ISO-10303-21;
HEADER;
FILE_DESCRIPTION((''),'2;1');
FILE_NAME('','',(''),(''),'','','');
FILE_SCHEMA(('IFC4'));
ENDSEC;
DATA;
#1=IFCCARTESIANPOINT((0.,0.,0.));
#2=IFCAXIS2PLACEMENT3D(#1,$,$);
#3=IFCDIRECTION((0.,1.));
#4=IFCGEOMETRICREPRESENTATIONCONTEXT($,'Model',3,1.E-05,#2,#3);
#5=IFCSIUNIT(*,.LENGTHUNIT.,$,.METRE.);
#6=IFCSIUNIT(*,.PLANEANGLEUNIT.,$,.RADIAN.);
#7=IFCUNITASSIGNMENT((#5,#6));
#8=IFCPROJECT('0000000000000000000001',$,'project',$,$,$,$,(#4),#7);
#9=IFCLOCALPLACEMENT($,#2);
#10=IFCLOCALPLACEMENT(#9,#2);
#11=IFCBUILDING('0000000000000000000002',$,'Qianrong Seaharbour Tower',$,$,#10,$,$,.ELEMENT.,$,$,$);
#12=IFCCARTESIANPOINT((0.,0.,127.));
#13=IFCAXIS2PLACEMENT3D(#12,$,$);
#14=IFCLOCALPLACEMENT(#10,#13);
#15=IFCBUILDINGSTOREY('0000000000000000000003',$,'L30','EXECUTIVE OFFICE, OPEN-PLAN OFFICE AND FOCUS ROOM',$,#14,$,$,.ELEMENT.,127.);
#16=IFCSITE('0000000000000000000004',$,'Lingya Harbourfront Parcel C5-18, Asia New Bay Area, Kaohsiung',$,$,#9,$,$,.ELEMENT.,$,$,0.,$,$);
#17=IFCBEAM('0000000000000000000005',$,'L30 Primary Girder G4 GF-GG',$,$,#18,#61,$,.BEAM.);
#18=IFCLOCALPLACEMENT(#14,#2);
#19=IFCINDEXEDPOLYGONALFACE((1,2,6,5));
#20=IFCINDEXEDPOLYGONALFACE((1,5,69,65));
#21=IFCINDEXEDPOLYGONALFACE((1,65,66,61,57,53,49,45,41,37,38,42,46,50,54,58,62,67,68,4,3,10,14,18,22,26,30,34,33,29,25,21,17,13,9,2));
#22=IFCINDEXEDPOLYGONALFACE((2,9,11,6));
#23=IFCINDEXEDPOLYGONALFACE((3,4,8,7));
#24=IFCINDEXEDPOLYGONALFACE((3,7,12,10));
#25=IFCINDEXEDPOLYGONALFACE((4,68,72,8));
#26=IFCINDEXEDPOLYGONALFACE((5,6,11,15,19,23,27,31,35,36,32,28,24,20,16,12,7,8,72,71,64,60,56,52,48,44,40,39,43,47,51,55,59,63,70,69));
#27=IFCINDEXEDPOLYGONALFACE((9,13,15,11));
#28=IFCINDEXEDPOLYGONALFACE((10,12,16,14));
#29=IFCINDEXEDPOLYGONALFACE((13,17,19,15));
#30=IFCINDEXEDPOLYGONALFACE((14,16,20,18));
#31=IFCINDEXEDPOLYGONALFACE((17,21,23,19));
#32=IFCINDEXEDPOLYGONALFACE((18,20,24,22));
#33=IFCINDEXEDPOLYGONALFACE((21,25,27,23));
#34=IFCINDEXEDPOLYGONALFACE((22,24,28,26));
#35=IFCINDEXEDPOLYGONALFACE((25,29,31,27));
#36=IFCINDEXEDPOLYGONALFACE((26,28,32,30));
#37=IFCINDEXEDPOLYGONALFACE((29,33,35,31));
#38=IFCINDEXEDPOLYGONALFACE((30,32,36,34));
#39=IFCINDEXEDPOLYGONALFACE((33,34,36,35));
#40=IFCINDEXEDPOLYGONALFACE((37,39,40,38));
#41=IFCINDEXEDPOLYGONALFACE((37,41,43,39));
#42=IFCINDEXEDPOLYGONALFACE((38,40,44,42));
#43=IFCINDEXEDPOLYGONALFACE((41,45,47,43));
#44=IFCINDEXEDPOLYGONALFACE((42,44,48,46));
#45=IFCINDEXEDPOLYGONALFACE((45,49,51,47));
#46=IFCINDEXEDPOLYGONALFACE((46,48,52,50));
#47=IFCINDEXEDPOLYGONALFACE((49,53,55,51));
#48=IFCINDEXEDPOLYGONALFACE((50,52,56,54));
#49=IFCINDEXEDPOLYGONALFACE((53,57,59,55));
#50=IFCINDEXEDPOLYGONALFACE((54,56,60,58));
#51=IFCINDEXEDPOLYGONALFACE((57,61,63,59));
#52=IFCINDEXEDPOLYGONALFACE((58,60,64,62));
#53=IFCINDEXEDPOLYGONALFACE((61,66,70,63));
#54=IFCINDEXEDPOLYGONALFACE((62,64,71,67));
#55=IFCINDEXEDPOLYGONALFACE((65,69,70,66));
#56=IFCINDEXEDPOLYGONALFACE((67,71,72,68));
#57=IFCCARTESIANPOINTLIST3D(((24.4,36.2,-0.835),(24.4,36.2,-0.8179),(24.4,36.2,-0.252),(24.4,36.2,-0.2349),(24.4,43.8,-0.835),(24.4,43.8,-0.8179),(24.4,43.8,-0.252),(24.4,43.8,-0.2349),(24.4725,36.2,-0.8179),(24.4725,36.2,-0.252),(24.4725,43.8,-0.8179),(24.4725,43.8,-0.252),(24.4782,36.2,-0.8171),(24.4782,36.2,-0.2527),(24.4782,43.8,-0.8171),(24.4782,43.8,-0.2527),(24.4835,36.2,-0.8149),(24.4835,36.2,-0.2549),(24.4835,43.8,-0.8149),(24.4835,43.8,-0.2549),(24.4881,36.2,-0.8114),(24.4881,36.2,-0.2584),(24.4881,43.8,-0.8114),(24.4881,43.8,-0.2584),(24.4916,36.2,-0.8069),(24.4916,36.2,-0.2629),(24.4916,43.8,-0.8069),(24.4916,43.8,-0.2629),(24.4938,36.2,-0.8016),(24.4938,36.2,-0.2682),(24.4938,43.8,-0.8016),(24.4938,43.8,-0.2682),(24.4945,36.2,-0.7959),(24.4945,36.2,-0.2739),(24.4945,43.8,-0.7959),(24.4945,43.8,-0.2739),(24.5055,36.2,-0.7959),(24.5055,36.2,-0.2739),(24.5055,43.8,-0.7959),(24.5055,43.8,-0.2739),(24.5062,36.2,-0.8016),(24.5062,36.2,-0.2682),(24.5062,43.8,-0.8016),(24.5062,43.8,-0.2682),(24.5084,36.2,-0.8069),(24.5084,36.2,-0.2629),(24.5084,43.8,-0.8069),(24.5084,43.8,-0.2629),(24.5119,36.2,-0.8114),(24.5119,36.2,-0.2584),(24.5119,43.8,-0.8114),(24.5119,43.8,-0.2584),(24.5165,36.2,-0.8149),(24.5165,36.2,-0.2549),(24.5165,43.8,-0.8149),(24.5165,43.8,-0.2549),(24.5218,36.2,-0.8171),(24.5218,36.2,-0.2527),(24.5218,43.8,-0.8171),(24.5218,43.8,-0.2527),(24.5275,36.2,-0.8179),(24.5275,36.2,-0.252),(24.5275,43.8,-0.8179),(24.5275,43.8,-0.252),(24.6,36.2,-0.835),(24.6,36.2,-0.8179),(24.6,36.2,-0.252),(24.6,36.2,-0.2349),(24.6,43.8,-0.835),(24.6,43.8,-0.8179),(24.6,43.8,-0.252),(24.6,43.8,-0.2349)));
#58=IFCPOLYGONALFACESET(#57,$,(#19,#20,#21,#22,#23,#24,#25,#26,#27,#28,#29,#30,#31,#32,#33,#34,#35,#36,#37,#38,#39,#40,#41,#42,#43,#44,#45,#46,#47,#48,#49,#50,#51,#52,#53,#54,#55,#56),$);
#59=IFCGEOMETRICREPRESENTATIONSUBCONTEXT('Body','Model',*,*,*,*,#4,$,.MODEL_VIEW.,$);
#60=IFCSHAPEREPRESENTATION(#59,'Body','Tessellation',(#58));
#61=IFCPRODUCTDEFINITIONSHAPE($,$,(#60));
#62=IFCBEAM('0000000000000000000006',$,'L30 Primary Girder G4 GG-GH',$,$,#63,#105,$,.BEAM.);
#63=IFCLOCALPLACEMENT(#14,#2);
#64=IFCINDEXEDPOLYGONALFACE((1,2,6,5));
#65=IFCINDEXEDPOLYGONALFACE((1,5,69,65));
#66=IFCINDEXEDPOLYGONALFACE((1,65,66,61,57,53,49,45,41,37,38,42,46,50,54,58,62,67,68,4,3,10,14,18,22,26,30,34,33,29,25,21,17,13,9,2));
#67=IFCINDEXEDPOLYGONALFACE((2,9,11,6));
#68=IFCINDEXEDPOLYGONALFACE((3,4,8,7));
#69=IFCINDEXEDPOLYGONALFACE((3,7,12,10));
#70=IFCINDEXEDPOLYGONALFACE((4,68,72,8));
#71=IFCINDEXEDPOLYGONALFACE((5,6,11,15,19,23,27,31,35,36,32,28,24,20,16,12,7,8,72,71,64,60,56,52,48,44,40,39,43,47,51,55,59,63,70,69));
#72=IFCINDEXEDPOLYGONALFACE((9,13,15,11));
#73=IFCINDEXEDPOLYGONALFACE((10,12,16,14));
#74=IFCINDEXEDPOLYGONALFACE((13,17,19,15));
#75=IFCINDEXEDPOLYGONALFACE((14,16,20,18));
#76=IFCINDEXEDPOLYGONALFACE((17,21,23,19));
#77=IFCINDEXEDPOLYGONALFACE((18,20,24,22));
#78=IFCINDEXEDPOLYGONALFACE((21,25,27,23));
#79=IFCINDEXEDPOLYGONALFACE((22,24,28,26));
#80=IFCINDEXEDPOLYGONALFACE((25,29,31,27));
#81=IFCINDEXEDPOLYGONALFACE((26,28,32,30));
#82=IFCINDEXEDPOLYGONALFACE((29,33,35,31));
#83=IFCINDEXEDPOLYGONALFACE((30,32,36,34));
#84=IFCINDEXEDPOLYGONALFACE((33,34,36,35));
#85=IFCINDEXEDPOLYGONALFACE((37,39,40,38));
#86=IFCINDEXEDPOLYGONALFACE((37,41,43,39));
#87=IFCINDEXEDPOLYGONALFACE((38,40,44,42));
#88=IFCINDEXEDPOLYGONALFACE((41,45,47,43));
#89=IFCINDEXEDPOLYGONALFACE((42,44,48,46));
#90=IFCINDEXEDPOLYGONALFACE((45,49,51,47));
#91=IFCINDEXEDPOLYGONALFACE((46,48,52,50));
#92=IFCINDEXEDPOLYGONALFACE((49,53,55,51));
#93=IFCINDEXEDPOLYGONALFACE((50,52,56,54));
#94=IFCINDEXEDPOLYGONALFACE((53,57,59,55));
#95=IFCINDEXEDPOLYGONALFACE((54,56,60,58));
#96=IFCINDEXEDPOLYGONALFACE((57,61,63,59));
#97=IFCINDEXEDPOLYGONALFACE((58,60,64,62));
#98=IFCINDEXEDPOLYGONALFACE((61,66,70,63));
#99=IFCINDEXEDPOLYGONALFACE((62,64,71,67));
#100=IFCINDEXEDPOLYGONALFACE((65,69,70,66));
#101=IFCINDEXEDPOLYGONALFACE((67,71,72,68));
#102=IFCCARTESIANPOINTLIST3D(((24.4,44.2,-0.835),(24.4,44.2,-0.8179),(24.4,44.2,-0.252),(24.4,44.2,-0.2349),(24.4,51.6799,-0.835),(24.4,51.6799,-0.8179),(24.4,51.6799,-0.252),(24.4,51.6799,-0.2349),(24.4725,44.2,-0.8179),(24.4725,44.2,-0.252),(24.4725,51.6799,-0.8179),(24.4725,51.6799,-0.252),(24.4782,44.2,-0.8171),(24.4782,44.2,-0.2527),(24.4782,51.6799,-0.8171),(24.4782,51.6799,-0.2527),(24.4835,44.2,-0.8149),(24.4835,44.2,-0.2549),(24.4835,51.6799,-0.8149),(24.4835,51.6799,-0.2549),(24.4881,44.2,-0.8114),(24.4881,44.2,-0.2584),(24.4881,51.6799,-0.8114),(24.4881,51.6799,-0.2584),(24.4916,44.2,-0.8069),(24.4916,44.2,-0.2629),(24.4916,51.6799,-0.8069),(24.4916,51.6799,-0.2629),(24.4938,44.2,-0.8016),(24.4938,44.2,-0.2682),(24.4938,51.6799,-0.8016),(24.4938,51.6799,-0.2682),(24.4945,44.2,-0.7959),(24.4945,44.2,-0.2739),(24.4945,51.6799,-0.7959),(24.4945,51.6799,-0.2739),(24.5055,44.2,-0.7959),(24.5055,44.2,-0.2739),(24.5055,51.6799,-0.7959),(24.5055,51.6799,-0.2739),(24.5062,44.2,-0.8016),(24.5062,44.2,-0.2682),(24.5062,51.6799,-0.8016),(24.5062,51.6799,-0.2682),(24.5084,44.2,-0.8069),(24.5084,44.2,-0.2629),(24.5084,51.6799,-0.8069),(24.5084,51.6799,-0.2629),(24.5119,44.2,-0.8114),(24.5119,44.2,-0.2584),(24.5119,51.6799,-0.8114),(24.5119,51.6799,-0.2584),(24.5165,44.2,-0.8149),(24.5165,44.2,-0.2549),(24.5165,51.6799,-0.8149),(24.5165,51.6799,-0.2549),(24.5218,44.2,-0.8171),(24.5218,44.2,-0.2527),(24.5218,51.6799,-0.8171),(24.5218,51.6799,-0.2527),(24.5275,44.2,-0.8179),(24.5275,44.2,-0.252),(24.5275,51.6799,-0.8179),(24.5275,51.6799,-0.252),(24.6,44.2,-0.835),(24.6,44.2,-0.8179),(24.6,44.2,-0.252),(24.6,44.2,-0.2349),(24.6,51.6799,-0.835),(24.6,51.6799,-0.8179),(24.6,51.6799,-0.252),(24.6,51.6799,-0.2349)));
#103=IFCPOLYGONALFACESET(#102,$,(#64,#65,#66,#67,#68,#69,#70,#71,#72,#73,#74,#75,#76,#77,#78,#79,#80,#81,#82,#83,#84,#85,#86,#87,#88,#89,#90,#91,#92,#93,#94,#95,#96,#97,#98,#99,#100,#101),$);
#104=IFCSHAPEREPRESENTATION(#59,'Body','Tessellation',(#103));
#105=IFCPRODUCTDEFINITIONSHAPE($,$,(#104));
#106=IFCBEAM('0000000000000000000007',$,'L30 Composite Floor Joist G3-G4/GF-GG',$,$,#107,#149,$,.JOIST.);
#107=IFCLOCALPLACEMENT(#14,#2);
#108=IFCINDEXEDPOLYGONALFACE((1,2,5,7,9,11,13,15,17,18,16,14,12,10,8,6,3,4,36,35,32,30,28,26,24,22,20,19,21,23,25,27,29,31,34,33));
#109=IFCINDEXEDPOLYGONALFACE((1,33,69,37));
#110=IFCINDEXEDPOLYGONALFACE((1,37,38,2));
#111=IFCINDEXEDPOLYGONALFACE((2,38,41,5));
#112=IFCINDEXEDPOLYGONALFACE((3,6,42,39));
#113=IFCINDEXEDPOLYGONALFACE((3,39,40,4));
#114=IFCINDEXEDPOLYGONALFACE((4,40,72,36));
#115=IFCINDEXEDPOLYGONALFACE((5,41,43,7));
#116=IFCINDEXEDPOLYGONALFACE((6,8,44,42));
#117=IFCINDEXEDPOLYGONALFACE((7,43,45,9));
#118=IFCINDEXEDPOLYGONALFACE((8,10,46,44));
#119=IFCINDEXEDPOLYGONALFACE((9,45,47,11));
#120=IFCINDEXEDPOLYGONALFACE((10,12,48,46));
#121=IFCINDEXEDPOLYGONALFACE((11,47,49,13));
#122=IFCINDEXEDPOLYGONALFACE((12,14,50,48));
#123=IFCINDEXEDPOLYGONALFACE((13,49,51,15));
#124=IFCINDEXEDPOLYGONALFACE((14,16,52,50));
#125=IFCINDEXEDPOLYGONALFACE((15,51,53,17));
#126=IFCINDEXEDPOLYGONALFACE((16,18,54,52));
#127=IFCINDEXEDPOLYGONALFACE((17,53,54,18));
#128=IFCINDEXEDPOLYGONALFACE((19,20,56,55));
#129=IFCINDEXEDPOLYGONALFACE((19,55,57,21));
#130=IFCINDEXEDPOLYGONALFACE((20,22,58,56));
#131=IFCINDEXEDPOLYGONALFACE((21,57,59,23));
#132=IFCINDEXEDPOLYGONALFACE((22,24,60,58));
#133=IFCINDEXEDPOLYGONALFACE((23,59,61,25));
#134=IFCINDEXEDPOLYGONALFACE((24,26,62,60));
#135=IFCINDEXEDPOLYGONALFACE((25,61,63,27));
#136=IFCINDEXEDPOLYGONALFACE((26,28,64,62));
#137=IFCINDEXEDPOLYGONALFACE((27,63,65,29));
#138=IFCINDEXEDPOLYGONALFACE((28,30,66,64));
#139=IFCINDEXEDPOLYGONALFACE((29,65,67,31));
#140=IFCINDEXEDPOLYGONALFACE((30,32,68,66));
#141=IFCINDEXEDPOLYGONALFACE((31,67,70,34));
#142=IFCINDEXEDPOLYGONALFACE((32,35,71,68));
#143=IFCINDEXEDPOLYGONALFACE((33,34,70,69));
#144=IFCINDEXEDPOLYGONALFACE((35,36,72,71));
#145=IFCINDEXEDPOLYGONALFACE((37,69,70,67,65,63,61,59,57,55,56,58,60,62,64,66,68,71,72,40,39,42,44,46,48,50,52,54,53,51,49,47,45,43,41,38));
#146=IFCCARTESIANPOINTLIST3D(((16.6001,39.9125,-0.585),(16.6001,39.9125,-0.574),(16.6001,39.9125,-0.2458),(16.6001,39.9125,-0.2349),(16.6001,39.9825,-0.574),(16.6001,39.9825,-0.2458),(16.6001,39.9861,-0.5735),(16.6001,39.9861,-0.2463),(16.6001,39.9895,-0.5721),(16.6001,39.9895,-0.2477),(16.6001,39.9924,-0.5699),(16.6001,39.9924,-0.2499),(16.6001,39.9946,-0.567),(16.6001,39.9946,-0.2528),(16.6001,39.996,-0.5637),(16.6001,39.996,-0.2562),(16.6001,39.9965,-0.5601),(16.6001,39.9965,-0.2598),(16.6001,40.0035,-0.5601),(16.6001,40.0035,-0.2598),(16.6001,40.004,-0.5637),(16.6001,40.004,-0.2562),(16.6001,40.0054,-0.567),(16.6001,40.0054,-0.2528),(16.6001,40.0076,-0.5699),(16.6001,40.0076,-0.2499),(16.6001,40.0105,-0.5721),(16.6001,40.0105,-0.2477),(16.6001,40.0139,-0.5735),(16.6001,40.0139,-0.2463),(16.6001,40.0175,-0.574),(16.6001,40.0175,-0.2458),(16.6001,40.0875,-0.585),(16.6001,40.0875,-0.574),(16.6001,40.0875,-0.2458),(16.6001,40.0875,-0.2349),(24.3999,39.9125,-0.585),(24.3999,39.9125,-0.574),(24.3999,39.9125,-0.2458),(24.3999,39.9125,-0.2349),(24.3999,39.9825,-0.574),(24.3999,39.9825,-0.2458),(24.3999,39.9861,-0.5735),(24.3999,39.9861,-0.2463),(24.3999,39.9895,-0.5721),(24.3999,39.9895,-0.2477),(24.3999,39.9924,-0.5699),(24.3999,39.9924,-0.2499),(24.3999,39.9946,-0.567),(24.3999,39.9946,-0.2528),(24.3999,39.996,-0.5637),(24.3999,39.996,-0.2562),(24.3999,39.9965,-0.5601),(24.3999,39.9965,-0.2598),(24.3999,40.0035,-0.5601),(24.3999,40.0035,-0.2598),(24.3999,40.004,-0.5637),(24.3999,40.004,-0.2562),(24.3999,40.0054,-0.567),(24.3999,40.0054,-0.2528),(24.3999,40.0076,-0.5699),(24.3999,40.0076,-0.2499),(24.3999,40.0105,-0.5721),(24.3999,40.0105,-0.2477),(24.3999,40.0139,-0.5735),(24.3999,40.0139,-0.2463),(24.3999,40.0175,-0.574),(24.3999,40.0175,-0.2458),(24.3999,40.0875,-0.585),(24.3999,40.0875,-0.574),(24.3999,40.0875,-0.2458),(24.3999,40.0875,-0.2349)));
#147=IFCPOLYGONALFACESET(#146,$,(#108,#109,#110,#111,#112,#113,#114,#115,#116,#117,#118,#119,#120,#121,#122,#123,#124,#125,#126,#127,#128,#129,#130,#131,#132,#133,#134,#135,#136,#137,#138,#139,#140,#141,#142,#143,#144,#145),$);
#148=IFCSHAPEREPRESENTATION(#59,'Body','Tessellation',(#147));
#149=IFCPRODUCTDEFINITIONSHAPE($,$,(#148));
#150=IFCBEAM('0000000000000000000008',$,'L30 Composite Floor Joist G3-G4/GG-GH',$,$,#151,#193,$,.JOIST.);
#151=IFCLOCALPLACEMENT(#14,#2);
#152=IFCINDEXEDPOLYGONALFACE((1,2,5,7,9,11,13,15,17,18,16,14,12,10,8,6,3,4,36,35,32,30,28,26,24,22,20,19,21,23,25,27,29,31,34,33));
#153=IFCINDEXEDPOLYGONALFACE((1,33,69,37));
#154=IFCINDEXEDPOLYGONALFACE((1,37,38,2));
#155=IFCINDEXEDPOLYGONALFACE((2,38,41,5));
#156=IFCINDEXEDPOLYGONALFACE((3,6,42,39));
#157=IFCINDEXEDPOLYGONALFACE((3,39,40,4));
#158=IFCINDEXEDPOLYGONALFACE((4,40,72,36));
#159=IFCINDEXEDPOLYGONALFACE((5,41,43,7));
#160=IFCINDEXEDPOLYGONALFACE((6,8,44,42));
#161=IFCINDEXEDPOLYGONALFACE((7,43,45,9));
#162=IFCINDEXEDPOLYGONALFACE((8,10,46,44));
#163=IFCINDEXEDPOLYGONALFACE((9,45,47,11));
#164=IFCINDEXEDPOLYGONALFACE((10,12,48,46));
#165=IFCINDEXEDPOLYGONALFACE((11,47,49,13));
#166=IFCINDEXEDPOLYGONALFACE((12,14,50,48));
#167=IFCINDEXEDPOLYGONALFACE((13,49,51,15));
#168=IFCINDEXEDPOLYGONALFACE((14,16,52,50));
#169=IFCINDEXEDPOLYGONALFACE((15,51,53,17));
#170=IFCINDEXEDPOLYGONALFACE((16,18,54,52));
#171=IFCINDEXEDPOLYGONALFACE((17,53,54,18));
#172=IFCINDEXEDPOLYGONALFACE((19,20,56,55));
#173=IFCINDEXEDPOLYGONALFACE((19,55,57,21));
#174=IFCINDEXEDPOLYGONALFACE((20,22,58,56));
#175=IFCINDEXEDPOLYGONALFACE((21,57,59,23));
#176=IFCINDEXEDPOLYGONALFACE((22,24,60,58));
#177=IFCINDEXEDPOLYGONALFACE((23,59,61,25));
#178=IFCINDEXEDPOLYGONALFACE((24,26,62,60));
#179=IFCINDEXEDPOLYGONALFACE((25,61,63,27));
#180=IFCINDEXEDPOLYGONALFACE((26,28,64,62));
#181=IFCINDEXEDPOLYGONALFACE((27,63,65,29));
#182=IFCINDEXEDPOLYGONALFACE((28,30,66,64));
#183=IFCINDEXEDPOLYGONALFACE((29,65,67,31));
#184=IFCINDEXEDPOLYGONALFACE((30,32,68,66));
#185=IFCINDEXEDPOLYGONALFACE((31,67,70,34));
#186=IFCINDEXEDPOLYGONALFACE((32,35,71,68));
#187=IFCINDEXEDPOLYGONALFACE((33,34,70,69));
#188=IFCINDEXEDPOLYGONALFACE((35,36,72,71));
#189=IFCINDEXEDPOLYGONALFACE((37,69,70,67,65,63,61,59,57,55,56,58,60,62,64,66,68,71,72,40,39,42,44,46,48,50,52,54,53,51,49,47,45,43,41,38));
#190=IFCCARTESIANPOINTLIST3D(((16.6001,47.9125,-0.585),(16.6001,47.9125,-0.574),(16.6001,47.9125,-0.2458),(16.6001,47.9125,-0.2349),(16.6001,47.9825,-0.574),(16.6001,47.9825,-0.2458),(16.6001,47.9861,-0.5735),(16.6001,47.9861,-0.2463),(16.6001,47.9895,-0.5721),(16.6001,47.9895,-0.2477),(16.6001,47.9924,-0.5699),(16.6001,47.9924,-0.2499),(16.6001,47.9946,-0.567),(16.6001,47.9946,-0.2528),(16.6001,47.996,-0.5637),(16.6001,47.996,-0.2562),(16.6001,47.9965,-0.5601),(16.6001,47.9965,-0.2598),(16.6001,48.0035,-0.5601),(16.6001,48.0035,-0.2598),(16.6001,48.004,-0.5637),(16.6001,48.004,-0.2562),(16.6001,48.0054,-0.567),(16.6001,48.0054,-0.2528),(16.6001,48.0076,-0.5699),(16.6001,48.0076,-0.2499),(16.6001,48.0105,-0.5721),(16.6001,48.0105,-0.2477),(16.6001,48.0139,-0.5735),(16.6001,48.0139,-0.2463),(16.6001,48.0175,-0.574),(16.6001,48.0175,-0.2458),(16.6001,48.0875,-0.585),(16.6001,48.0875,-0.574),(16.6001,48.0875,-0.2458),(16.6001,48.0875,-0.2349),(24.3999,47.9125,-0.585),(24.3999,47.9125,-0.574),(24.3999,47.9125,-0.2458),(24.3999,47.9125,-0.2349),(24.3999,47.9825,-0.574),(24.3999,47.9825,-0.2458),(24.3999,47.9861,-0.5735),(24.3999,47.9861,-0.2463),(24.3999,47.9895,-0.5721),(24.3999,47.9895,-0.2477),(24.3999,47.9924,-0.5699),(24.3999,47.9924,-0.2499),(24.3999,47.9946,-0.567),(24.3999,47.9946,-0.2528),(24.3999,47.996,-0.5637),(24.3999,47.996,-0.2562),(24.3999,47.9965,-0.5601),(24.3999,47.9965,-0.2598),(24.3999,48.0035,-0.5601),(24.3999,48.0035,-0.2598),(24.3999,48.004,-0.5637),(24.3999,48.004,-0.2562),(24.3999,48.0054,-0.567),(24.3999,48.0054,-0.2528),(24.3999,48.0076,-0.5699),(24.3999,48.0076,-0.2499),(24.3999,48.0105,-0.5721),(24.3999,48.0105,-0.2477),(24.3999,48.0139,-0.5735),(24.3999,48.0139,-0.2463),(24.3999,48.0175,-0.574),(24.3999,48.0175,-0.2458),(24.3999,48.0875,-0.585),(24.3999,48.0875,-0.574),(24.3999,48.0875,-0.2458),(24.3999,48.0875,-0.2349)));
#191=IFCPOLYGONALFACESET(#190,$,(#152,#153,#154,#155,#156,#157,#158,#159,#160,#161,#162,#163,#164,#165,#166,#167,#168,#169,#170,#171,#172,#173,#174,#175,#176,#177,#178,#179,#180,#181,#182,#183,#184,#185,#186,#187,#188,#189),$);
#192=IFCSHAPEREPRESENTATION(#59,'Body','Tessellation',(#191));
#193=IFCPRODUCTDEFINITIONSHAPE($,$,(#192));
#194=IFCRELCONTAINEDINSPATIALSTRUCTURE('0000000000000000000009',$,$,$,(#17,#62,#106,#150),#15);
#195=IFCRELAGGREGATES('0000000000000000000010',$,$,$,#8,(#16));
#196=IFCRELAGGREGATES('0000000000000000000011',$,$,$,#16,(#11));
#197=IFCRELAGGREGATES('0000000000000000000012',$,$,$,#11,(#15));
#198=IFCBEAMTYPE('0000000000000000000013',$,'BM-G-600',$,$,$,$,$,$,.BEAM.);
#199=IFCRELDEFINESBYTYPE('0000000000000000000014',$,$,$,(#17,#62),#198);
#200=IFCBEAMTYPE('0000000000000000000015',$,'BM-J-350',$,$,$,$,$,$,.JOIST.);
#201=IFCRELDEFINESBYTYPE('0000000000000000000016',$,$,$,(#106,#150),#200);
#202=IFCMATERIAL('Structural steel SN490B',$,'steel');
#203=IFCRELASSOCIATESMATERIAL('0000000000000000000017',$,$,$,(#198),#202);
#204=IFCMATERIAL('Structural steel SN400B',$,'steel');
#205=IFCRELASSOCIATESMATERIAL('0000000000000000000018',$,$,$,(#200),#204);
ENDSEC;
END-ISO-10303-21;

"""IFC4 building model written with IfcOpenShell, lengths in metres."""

from ifc_helpers import new_model, si_unit, direction, frame, origin, origin_2d, place, context, subcontext, project, spatial, i_section, extrude, material, material_profile, profile_set, type_object, element, save


model = new_model("IFC4")

# Units and contexts
model_context = context("Model", 3, precision=1e-05, world=origin(), true_north=direction((0.0, 1.0)))
body_context = subcontext(model_context, "Body", "Model", "MODEL_VIEW")
ifc_project = project(units=[si_unit("LENGTHUNIT", "METRE"), si_unit("PLANEANGLEUNIT", "RADIAN")], contexts=[model_context])

# Site, building, storey
site_placement = place(None, origin())
site = spatial("IfcSite", under=ifc_project, at=site_placement, Name="Lingya Harbourfront Parcel C5-18, Asia New Bay Area, Kaohsiung", CompositionType="ELEMENT", RefElevation=0.0)
building_placement = place(site_placement, origin())
building = spatial("IfcBuilding", under=site, at=building_placement, Name="Qianrong Seaharbour Tower", CompositionType="ELEMENT")
storey_placement = place(building_placement, frame((0.0, 0.0, 127.0)))
storey = spatial("IfcBuildingStorey", under=building, at=storey_placement, Name="L30", Description="EXECUTIVE OFFICE, OPEN-PLAN OFFICE AND FOCUS ROOM", CompositionType="ELEMENT", Elevation=127.0)

# Shared definitions
ifc_material_1 = material(Name="Structural steel SN490B", Category="steel")

# Beams
ifc_material_profile_1 = material_profile(ifc_material_1, i_section(OverallWidth=0.2, OverallDepth=0.6001, WebThickness=0.011, FlangeThickness=0.0171, FilletRadius=0.022, at=origin_2d()), Name="H600x200x11x17")
ifc_profile_set_1 = profile_set([ifc_material_profile_1], Name="Structural steel SN490B")
beam_type_1 = type_object("IfcBeamType", Name="BM-G-600", PredefinedType="BEAM", material=ifc_profile_set_1)
for number, where, z_axis, x_axis, name in (
    (1, (24.5, 36.2, -0.5349), (0.0, 1.0, 0.0), (-1.0, 0.0, 0.0), "L30 Primary Girder G4 GF-GG"),
):
    element("IfcBeam", number, at=place(storey_placement, frame(where, z_axis=z_axis, x_axis=x_axis)), inside=storey, type_object=beam_type_1, Name=name, PredefinedType="BEAM", context=body_context, shape_type="SweptSolid", body=[
        extrude(i_section(OverallWidth=0.2, OverallDepth=0.6001, WebThickness=0.011, FlangeThickness=0.0171, FilletRadius=0.022, at=origin_2d()), origin(), (0.0, 0.0, 1.0), 7.6001),
    ])
beam_1_placement = place(storey_placement, frame((24.5, 44.2, -0.5349), z_axis=(0.0, 1.0, 0.0), x_axis=(-1.0, 0.0, 0.0)))
element("IfcBeam", 2, at=beam_1_placement, inside=storey, type_object=beam_type_1, Name="L30 Primary Girder G4 GG-GH", PredefinedType="BEAM", context=body_context, shape_type="SweptSolid", body=[
    extrude(i_section(OverallWidth=0.2, OverallDepth=0.6001, WebThickness=0.011, FlangeThickness=0.0171, FilletRadius=0.022, at=origin_2d()), origin(), (0.0, 0.0, 1.0), 7.48),
])
ifc_material_2 = material(Name="Structural steel SN400B", Category="steel")
ifc_material_profile_2 = material_profile(ifc_material_2, i_section(OverallWidth=0.175, OverallDepth=0.3501, WebThickness=0.0071, FlangeThickness=0.011, FilletRadius=0.0139, at=origin_2d()), Name="H350x175x7x11")
ifc_profile_set_2 = profile_set([ifc_material_profile_2], Name="Structural steel SN400B")
beam_type_2 = type_object("IfcBeamType", Name="BM-J-350", PredefinedType="JOIST", material=ifc_profile_set_2)
for number, where, z_axis, x_axis, name in (
    (3, (16.6001, 40.0, -0.4099), (1.0, 0.0, 0.0), (0.0, 1.0, 0.0), "L30 Composite Floor Joist G3-G4/GF-GG"),
    (4, (16.6001, 48.0, -0.4099), (1.0, 0.0, 0.0), (0.0, 1.0, 0.0), "L30 Composite Floor Joist G3-G4/GG-GH"),
):
    element("IfcBeam", number, at=place(storey_placement, frame(where, z_axis=z_axis, x_axis=x_axis)), inside=storey, type_object=beam_type_2, Name=name, PredefinedType="JOIST", context=body_context, shape_type="SweptSolid", body=[
        extrude(i_section(OverallWidth=0.175, OverallDepth=0.3501, WebThickness=0.0071, FlangeThickness=0.011, FilletRadius=0.0139, at=origin_2d()), origin(), (0.0, 0.0, 1.0), 7.7998),
    ])

save(model, "model.ifc")
